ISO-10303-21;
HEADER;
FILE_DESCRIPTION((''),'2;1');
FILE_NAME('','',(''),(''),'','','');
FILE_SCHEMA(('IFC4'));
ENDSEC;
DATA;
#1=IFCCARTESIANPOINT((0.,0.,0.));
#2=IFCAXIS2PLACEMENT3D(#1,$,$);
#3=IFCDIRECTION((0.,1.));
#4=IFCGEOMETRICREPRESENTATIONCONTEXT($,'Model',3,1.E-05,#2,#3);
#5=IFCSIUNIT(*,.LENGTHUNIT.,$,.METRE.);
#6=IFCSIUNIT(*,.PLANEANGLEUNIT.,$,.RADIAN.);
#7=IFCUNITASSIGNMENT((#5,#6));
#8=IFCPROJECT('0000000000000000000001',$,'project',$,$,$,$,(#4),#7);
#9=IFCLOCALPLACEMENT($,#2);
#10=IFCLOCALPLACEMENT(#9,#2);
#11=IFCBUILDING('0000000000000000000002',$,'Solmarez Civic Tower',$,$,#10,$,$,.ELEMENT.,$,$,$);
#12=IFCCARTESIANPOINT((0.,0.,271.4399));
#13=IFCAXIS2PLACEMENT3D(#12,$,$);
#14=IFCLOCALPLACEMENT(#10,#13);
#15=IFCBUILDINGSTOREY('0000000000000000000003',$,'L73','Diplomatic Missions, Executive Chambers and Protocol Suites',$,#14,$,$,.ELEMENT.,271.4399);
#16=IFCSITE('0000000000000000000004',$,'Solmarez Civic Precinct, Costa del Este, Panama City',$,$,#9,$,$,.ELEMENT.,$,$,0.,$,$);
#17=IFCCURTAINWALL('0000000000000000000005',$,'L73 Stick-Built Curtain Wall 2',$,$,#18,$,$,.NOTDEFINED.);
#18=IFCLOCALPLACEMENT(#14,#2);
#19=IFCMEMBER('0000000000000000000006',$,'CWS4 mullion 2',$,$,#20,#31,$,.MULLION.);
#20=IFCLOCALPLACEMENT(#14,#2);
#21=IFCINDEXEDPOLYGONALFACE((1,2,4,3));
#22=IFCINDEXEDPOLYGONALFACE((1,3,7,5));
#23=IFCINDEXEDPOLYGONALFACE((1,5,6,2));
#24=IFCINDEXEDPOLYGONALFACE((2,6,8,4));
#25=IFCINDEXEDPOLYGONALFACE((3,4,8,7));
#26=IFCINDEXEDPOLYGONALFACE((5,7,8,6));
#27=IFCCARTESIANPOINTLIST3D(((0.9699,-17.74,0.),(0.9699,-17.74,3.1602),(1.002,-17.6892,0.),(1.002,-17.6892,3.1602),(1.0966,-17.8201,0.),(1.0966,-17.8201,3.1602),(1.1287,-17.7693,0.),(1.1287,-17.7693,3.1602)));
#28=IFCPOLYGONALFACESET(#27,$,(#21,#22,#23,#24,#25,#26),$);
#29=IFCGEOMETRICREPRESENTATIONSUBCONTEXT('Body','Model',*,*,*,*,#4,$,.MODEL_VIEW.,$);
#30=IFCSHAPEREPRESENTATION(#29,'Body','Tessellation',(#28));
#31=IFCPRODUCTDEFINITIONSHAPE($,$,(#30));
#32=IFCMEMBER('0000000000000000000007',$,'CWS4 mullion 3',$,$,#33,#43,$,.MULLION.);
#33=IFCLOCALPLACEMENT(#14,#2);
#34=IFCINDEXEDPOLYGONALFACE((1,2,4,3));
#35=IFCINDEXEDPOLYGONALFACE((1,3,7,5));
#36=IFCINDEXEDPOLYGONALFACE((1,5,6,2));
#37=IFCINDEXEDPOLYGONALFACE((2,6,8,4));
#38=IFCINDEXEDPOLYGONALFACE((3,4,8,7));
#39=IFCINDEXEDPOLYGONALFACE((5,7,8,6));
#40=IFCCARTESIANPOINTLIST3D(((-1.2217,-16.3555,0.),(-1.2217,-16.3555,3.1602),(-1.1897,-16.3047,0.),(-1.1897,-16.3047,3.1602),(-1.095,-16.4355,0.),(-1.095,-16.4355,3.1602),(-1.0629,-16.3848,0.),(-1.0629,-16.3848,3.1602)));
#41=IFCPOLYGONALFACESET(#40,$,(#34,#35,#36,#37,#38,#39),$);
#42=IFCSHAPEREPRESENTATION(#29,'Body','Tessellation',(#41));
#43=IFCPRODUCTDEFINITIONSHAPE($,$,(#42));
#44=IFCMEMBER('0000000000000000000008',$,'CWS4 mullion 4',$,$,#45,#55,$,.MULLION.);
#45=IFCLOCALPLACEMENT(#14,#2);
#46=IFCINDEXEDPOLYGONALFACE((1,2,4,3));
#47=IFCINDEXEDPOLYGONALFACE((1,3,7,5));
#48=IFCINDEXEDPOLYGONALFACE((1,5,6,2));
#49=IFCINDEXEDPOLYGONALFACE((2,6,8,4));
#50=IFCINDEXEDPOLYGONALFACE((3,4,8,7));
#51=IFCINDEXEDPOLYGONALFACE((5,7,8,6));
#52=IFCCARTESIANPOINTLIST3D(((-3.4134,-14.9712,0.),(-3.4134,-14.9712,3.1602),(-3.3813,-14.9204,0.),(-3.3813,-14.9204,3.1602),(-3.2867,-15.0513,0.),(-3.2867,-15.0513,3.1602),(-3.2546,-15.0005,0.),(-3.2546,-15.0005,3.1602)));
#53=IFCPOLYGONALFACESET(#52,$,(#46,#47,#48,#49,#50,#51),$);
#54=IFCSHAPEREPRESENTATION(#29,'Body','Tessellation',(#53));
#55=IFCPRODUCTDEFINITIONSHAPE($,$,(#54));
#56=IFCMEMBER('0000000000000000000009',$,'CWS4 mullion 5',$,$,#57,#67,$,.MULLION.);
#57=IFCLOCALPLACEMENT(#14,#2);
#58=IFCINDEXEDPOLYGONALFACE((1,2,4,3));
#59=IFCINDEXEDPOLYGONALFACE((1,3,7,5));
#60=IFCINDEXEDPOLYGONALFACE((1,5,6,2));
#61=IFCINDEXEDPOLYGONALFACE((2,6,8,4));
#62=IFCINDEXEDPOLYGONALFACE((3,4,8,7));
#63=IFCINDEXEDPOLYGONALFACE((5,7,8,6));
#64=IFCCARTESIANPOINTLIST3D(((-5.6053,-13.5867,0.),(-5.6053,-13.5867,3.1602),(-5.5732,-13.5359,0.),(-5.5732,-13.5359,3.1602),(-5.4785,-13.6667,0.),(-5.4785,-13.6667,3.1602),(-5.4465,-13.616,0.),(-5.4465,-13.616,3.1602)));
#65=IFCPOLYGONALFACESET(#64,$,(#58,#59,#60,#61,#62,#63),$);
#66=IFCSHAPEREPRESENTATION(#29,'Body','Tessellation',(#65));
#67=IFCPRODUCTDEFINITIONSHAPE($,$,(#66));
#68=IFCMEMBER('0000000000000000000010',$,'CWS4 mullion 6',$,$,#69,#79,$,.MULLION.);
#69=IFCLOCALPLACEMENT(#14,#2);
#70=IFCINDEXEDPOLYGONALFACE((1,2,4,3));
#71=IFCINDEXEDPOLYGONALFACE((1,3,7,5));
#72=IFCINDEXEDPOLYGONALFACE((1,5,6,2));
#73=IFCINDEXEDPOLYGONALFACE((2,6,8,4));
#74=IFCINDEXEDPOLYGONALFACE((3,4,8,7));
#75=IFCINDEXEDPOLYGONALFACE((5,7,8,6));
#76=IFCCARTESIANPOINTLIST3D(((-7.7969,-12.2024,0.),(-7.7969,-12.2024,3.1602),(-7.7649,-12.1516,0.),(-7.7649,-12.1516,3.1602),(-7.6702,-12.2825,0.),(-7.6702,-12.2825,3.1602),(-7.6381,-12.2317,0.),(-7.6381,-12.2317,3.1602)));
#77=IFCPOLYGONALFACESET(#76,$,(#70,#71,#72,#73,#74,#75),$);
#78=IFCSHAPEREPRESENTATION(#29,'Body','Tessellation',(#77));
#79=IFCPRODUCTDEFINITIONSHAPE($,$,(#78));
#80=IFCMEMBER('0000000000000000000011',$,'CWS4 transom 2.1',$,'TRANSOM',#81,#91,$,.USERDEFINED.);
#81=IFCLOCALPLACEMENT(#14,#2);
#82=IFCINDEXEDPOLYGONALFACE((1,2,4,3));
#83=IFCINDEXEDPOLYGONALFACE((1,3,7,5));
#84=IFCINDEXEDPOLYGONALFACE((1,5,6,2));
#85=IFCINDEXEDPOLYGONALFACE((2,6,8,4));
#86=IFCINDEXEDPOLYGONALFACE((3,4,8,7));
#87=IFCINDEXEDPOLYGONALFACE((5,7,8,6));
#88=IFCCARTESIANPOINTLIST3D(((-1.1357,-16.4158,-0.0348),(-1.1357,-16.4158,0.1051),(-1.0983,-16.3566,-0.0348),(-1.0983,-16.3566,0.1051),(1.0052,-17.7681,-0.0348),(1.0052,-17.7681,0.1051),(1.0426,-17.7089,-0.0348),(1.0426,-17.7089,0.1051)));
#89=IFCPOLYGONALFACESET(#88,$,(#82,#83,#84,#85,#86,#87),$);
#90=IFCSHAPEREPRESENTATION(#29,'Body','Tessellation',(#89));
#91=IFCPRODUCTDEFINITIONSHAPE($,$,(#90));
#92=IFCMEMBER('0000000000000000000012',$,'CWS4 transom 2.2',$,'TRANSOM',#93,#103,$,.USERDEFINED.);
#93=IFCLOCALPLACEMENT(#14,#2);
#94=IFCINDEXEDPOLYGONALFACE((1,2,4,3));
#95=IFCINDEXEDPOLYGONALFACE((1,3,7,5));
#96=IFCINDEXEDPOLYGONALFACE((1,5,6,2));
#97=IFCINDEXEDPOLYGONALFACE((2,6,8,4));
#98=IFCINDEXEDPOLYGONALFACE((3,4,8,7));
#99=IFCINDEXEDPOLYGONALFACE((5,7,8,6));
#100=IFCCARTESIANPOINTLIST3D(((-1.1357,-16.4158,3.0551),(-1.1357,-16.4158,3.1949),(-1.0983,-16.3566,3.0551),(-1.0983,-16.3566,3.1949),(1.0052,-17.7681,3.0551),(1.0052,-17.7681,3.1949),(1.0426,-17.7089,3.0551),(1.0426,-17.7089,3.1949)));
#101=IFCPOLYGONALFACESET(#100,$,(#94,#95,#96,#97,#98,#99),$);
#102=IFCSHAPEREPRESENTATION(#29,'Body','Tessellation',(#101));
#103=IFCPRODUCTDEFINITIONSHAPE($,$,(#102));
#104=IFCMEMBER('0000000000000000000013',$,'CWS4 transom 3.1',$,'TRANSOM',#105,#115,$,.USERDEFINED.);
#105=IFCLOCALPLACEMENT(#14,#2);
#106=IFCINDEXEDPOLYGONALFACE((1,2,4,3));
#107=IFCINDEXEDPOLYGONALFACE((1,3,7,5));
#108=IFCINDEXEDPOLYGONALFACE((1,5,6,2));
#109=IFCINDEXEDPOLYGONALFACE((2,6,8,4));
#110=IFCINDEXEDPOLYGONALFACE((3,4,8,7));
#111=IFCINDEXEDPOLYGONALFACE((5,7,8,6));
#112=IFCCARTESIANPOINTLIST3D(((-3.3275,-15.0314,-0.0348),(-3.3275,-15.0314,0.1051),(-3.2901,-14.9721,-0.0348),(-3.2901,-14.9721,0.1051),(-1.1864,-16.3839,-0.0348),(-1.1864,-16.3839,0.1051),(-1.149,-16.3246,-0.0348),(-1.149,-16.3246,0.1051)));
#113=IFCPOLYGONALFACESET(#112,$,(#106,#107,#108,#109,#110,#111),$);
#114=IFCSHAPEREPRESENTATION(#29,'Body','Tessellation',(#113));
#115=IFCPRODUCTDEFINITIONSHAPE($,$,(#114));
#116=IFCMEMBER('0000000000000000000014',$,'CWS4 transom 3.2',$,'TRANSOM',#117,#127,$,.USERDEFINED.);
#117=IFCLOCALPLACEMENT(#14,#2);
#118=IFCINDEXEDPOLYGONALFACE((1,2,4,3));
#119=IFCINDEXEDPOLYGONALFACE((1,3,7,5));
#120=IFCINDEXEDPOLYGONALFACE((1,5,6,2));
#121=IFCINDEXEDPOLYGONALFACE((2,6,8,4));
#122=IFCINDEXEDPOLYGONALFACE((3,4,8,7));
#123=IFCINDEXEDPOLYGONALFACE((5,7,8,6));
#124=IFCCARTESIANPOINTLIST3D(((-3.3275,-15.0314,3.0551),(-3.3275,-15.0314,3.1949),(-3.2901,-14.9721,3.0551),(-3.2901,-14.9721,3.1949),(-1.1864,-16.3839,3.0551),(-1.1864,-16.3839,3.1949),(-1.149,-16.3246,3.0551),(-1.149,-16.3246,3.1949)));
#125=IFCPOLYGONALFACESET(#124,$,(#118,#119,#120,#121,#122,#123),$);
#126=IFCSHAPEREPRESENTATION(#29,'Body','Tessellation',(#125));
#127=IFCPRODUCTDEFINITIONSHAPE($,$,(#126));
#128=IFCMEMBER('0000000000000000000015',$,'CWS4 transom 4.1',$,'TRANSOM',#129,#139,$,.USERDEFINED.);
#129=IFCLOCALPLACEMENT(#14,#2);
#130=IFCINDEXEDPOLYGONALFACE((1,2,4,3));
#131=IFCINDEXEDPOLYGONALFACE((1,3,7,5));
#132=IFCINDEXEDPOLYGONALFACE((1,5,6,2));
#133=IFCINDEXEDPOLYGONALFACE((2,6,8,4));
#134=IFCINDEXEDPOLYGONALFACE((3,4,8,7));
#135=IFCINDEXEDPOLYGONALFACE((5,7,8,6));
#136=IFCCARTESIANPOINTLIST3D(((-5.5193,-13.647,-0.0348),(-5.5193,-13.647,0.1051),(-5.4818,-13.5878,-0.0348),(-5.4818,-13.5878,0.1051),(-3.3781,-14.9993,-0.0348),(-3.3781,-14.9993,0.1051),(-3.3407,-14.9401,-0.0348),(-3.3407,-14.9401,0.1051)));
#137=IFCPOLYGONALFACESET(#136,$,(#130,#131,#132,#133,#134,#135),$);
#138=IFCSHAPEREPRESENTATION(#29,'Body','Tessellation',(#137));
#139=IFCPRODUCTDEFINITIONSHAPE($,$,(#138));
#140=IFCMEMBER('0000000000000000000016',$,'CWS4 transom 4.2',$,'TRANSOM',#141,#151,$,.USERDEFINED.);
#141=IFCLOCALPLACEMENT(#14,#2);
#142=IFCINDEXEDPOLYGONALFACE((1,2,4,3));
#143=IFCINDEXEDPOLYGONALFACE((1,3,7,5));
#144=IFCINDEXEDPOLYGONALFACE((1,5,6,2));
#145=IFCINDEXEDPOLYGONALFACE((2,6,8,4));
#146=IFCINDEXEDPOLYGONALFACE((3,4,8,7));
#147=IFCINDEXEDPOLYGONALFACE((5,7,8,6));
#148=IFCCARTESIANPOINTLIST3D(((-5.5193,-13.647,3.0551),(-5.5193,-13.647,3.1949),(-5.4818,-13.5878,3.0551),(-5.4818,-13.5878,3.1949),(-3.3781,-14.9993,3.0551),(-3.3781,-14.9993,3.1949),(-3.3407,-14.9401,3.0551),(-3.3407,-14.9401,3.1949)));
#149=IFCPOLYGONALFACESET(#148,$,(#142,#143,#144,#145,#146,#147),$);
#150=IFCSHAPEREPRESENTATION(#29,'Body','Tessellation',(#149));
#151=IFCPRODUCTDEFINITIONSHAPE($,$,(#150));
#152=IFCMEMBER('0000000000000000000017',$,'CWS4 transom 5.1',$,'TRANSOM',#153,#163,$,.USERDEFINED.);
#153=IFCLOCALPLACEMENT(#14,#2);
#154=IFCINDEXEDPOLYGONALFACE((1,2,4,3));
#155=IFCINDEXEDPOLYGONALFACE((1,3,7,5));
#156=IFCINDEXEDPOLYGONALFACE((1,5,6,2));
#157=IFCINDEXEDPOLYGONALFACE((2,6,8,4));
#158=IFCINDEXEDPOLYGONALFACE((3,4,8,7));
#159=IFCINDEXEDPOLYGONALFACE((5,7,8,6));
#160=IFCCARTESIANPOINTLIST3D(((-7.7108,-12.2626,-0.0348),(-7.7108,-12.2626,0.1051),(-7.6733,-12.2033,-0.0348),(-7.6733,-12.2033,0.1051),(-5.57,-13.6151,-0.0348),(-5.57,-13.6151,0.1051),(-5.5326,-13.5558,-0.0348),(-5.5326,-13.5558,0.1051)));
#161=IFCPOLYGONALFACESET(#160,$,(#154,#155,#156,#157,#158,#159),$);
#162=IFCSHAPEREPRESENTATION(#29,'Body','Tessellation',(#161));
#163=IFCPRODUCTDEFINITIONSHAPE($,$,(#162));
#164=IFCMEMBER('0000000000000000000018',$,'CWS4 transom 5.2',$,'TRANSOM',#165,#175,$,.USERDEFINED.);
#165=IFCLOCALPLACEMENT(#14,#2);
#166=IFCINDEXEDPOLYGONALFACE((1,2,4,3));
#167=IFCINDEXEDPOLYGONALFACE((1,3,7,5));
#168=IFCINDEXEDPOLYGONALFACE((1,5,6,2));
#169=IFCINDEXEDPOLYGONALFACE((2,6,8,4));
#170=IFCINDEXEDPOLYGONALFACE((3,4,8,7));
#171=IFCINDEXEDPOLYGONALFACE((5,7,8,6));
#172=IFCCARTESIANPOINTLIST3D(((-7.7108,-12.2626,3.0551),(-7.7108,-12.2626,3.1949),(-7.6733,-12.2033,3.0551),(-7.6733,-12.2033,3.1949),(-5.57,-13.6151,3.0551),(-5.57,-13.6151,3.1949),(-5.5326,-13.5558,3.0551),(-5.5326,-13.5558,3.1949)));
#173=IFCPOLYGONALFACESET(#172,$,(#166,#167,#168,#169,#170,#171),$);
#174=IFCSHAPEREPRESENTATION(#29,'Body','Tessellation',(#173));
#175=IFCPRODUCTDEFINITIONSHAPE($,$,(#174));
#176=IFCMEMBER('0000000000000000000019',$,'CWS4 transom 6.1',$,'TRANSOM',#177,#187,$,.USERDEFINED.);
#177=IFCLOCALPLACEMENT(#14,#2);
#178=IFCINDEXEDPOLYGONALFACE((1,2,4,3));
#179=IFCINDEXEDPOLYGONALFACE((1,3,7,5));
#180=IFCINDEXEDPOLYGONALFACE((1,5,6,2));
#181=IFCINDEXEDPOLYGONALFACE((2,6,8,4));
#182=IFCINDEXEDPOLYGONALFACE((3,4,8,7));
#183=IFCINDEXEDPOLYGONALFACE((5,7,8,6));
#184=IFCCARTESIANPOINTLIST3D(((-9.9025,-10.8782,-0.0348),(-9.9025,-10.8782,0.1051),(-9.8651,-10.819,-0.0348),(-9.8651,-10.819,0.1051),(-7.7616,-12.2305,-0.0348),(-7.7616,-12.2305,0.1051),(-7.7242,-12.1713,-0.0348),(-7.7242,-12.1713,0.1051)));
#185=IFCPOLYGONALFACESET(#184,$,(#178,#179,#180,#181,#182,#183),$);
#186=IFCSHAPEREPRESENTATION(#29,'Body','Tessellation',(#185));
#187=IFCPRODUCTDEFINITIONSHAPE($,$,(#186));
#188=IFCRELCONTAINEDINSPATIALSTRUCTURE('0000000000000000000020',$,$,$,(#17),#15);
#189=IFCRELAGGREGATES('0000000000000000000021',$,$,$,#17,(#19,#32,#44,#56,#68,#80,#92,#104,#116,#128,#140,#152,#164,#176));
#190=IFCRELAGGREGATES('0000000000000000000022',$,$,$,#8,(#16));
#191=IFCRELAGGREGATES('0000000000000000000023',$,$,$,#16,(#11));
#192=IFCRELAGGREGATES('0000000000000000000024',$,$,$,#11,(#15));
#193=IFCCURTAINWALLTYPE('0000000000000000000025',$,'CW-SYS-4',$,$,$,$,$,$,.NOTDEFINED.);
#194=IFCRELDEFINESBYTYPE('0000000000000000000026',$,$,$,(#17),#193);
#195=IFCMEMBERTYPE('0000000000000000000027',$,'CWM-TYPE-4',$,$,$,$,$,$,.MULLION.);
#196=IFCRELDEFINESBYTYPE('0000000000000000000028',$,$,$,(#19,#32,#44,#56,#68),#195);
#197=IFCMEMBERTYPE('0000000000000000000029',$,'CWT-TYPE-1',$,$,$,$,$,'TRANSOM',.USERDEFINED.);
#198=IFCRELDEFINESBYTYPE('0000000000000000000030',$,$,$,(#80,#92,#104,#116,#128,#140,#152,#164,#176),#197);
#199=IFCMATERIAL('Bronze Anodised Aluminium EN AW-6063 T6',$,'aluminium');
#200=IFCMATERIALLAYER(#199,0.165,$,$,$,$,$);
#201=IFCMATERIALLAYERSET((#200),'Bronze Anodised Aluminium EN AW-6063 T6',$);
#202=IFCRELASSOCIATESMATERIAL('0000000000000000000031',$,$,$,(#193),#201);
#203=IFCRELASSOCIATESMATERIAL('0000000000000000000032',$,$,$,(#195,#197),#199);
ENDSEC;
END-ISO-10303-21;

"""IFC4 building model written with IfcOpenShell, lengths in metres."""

from ifc_helpers import new_model, si_unit, direction, frame, origin, origin_2d, place, context, subcontext, project, spatial, rectangle, extrude, material, layer, layer_set, material_profile, profile_set, type_object, element, aggregate, save


model = new_model("IFC4")

# Units and contexts
model_context = context("Model", 3, precision=1e-05, world=origin(), true_north=direction((0.0, 1.0)))
body_context = subcontext(model_context, "Body", "Model", "MODEL_VIEW")
ifc_project = project(units=[si_unit("LENGTHUNIT", "METRE"), si_unit("PLANEANGLEUNIT", "RADIAN")], contexts=[model_context])

# Site, building, storey
site_placement = place(None, origin())
site = spatial("IfcSite", under=ifc_project, at=site_placement, Name="Solmarez Civic Precinct, Costa del Este, Panama City", CompositionType="ELEMENT", RefElevation=0.0)
building_placement = place(site_placement, origin())
building = spatial("IfcBuilding", under=site, at=building_placement, Name="Solmarez Civic Tower", CompositionType="ELEMENT")
storey_placement = place(building_placement, frame((0.0, 0.0, 271.4399)))
storey = spatial("IfcBuildingStorey", under=building, at=storey_placement, Name="L73", Description="Diplomatic Missions, Executive Chambers and Protocol Suites", CompositionType="ELEMENT", Elevation=271.4399)

# Curtain wall, members
ifc_material_1 = material(Name="Bronze Anodised Aluminium EN AW-6063 T6", Category="aluminium")
ifc_layer_1 = layer(ifc_material_1, 0.165)
ifc_layer_set_1 = layer_set([ifc_layer_1], Name="Bronze Anodised Aluminium EN AW-6063 T6")
curtain_wall_type = type_object("IfcCurtainWallType", Name="CW-SYS-4", PredefinedType="NOTDEFINED", material=ifc_layer_set_1)
curtain_wall_placement = place(storey_placement, origin())
curtain_wall = element("IfcCurtainWall", 1, at=curtain_wall_placement, inside=storey, type_object=curtain_wall_type, Name="L73 Stick-Built Curtain Wall 2", PredefinedType="NOTDEFINED")
ifc_material_profile_1 = material_profile(ifc_material_1, rectangle(XDim=0.0601, YDim=0.1499, at=origin_2d()), Name="CWM-60X150")
ifc_profile_set_1 = profile_set([ifc_material_profile_1], Name="Bronze Anodised Aluminium EN AW-6063 T6")
member_type_1 = type_object("IfcMemberType", Name="CWM-TYPE-4", PredefinedType="MULLION", material=ifc_profile_set_1)
member_1_placement = place(storey_placement, frame((1.0493, -17.7546, 0.0), z_axis=(0.0, 0.0, 1.0), x_axis=(-0.534039, -0.84546, 0.0)))
member_1 = element("IfcMember", 2, at=member_1_placement, type_object=member_type_1, Name="CWS4 mullion 2", PredefinedType="MULLION", context=body_context, shape_type="SweptSolid", body=[
    extrude(rectangle(XDim=0.0601, YDim=0.1499, at=origin_2d()), origin(), (0.0, 0.0, 1.0), 3.1602),
])
member_2_placement = place(storey_placement, frame((-1.1423, -16.3701, 0.0), z_axis=(0.0, 0.0, 1.0), x_axis=(-0.534039, -0.84546, 0.0)))
member_2 = element("IfcMember", 3, at=member_2_placement, type_object=member_type_1, Name="CWS4 mullion 3", PredefinedType="MULLION", context=body_context, shape_type="SweptSolid", body=[
    extrude(rectangle(XDim=0.0601, YDim=0.1499, at=origin_2d()), origin(), (0.0, 0.0, 1.0), 3.1602),
])
member_3_placement = place(storey_placement, frame((-3.334, -14.9858, 0.0), z_axis=(0.0, 0.0, 1.0), x_axis=(-0.534039, -0.84546, 0.0)))
member_3 = element("IfcMember", 4, at=member_3_placement, type_object=member_type_1, Name="CWS4 mullion 4", PredefinedType="MULLION", context=body_context, shape_type="SweptSolid", body=[
    extrude(rectangle(XDim=0.0601, YDim=0.1499, at=origin_2d()), origin(), (0.0, 0.0, 1.0), 3.1602),
])
member_4_placement = place(storey_placement, frame((-5.5259, -13.6013, 0.0), z_axis=(0.0, 0.0, 1.0), x_axis=(-0.534039, -0.84546, 0.0)))
member_4 = element("IfcMember", 5, at=member_4_placement, type_object=member_type_1, Name="CWS4 mullion 5", PredefinedType="MULLION", context=body_context, shape_type="SweptSolid", body=[
    extrude(rectangle(XDim=0.0601, YDim=0.1499, at=origin_2d()), origin(), (0.0, 0.0, 1.0), 3.1602),
])
member_5_placement = place(storey_placement, frame((-7.7175, -12.217, 0.0), z_axis=(0.0, 0.0, 1.0), x_axis=(-0.534039, -0.84546, 0.0)))
member_5 = element("IfcMember", 6, at=member_5_placement, type_object=member_type_1, Name="CWS4 mullion 6", PredefinedType="MULLION", context=body_context, shape_type="SweptSolid", body=[
    extrude(rectangle(XDim=0.0601, YDim=0.1499, at=origin_2d()), origin(), (0.0, 0.0, 1.0), 3.1602),
])
ifc_material_profile_2 = material_profile(ifc_material_1, rectangle(XDim=0.0701, YDim=0.1399, at=origin_2d()), Name="CWT-70X140")
ifc_profile_set_2 = profile_set([ifc_material_profile_2], Name="Bronze Anodised Aluminium EN AW-6063 T6")
member_type_2 = type_object("IfcMemberType", Name="CWT-TYPE-1", ElementType="TRANSOM", PredefinedType="USERDEFINED", material=ifc_profile_set_2)
member_6_placement = place(storey_placement, frame((1.0239, -17.7385, 0.0352), z_axis=(-0.845459, 0.53404, 0.0), x_axis=(-0.53404, -0.845459, 0.0)))
member_6 = element("IfcMember", 7, at=member_6_placement, type_object=member_type_2, Name="CWS4 transom 2.1", ObjectType="TRANSOM", PredefinedType="USERDEFINED", context=body_context, shape_type="SweptSolid", body=[
    extrude(rectangle(XDim=0.0701, YDim=0.1399, at=origin_2d()), origin(), (0.0, 0.0, 1.0), 2.5322),
])
member_7_placement = place(storey_placement, frame((1.0239, -17.7385, 3.125), z_axis=(-0.845459, 0.53404, 0.0), x_axis=(-0.53404, -0.845459, 0.0)))
member_7 = element("IfcMember", 8, at=member_7_placement, type_object=member_type_2, Name="CWS4 transom 2.2", ObjectType="TRANSOM", PredefinedType="USERDEFINED", context=body_context, shape_type="SweptSolid", body=[
    extrude(rectangle(XDim=0.0701, YDim=0.1399, at=origin_2d()), origin(), (0.0, 0.0, 1.0), 2.5322),
])
member_8_placement = place(storey_placement, frame((-1.1677, -16.3542, 0.0352), z_axis=(-0.845443, 0.534066, 0.0), x_axis=(-0.534066, -0.845443, 0.0)))
member_8 = element("IfcMember", 9, at=member_8_placement, type_object=member_type_2, Name="CWS4 transom 3.1", ObjectType="TRANSOM", PredefinedType="USERDEFINED", context=body_context, shape_type="SweptSolid", body=[
    extrude(rectangle(XDim=0.0701, YDim=0.1399, at=origin_2d()), origin(), (0.0, 0.0, 1.0), 2.5325),
])
member_9_placement = place(storey_placement, frame((-1.1677, -16.3542, 3.125), z_axis=(-0.845443, 0.534066, 0.0), x_axis=(-0.534066, -0.845443, 0.0)))
member_9 = element("IfcMember", 10, at=member_9_placement, type_object=member_type_2, Name="CWS4 transom 3.2", ObjectType="TRANSOM", PredefinedType="USERDEFINED", context=body_context, shape_type="SweptSolid", body=[
    extrude(rectangle(XDim=0.0701, YDim=0.1399, at=origin_2d()), origin(), (0.0, 0.0, 1.0), 2.5325),
])
member_10_placement = place(storey_placement, frame((-3.3594, -14.9697, 0.0352), z_axis=(-0.845487, 0.533997, 0.0), x_axis=(-0.533997, -0.845487, 0.0)))
member_10 = element("IfcMember", 11, at=member_10_placement, type_object=member_type_2, Name="CWS4 transom 4.1", ObjectType="TRANSOM", PredefinedType="USERDEFINED", context=body_context, shape_type="SweptSolid", body=[
    extrude(rectangle(XDim=0.0701, YDim=0.1399, at=origin_2d()), origin(), (0.0, 0.0, 1.0), 2.5325),
])
member_11_placement = place(storey_placement, frame((-3.3594, -14.9697, 3.125), z_axis=(-0.845487, 0.533997, 0.0), x_axis=(-0.533997, -0.845487, 0.0)))
member_11 = element("IfcMember", 12, at=member_11_placement, type_object=member_type_2, Name="CWS4 transom 4.2", ObjectType="TRANSOM", PredefinedType="USERDEFINED", context=body_context, shape_type="SweptSolid", body=[
    extrude(rectangle(XDim=0.0701, YDim=0.1399, at=origin_2d()), origin(), (0.0, 0.0, 1.0), 2.5325),
])
member_12_placement = place(storey_placement, frame((-5.5513, -13.5854, 0.0352), z_axis=(-0.845416, 0.534109, 0.0), x_axis=(-0.534109, -0.845416, 0.0)))
member_12 = element("IfcMember", 13, at=member_12_placement, type_object=member_type_2, Name="CWS4 transom 5.1", ObjectType="TRANSOM", PredefinedType="USERDEFINED", context=body_context, shape_type="SweptSolid", body=[
    extrude(rectangle(XDim=0.0701, YDim=0.1399, at=origin_2d()), origin(), (0.0, 0.0, 1.0), 2.5322),
])
member_13_placement = place(storey_placement, frame((-5.5513, -13.5854, 3.125), z_axis=(-0.845416, 0.534109, 0.0), x_axis=(-0.534109, -0.845416, 0.0)))
member_13 = element("IfcMember", 14, at=member_13_placement, type_object=member_type_2, Name="CWS4 transom 5.2", ObjectType="TRANSOM", PredefinedType="USERDEFINED", context=body_context, shape_type="SweptSolid", body=[
    extrude(rectangle(XDim=0.0701, YDim=0.1399, at=origin_2d()), origin(), (0.0, 0.0, 1.0), 2.5322),
])
member_14_placement = place(storey_placement, frame((-7.7429, -12.2009, 0.0352), z_axis=(-0.845459, 0.53404, 0.0), x_axis=(-0.53404, -0.845459, 0.0)))
member_14 = element("IfcMember", 15, at=member_14_placement, type_object=member_type_2, Name="CWS4 transom 6.1", ObjectType="TRANSOM", PredefinedType="USERDEFINED", context=body_context, shape_type="SweptSolid", body=[
    extrude(rectangle(XDim=0.0701, YDim=0.1399, at=origin_2d()), origin(), (0.0, 0.0, 1.0), 2.5322),
])
aggregate(curtain_wall, [member_1, member_2, member_3, member_4, member_5, member_6, member_7, member_8, member_9, member_10, member_11, member_12, member_13, member_14])

save(model, "model.ifc")
